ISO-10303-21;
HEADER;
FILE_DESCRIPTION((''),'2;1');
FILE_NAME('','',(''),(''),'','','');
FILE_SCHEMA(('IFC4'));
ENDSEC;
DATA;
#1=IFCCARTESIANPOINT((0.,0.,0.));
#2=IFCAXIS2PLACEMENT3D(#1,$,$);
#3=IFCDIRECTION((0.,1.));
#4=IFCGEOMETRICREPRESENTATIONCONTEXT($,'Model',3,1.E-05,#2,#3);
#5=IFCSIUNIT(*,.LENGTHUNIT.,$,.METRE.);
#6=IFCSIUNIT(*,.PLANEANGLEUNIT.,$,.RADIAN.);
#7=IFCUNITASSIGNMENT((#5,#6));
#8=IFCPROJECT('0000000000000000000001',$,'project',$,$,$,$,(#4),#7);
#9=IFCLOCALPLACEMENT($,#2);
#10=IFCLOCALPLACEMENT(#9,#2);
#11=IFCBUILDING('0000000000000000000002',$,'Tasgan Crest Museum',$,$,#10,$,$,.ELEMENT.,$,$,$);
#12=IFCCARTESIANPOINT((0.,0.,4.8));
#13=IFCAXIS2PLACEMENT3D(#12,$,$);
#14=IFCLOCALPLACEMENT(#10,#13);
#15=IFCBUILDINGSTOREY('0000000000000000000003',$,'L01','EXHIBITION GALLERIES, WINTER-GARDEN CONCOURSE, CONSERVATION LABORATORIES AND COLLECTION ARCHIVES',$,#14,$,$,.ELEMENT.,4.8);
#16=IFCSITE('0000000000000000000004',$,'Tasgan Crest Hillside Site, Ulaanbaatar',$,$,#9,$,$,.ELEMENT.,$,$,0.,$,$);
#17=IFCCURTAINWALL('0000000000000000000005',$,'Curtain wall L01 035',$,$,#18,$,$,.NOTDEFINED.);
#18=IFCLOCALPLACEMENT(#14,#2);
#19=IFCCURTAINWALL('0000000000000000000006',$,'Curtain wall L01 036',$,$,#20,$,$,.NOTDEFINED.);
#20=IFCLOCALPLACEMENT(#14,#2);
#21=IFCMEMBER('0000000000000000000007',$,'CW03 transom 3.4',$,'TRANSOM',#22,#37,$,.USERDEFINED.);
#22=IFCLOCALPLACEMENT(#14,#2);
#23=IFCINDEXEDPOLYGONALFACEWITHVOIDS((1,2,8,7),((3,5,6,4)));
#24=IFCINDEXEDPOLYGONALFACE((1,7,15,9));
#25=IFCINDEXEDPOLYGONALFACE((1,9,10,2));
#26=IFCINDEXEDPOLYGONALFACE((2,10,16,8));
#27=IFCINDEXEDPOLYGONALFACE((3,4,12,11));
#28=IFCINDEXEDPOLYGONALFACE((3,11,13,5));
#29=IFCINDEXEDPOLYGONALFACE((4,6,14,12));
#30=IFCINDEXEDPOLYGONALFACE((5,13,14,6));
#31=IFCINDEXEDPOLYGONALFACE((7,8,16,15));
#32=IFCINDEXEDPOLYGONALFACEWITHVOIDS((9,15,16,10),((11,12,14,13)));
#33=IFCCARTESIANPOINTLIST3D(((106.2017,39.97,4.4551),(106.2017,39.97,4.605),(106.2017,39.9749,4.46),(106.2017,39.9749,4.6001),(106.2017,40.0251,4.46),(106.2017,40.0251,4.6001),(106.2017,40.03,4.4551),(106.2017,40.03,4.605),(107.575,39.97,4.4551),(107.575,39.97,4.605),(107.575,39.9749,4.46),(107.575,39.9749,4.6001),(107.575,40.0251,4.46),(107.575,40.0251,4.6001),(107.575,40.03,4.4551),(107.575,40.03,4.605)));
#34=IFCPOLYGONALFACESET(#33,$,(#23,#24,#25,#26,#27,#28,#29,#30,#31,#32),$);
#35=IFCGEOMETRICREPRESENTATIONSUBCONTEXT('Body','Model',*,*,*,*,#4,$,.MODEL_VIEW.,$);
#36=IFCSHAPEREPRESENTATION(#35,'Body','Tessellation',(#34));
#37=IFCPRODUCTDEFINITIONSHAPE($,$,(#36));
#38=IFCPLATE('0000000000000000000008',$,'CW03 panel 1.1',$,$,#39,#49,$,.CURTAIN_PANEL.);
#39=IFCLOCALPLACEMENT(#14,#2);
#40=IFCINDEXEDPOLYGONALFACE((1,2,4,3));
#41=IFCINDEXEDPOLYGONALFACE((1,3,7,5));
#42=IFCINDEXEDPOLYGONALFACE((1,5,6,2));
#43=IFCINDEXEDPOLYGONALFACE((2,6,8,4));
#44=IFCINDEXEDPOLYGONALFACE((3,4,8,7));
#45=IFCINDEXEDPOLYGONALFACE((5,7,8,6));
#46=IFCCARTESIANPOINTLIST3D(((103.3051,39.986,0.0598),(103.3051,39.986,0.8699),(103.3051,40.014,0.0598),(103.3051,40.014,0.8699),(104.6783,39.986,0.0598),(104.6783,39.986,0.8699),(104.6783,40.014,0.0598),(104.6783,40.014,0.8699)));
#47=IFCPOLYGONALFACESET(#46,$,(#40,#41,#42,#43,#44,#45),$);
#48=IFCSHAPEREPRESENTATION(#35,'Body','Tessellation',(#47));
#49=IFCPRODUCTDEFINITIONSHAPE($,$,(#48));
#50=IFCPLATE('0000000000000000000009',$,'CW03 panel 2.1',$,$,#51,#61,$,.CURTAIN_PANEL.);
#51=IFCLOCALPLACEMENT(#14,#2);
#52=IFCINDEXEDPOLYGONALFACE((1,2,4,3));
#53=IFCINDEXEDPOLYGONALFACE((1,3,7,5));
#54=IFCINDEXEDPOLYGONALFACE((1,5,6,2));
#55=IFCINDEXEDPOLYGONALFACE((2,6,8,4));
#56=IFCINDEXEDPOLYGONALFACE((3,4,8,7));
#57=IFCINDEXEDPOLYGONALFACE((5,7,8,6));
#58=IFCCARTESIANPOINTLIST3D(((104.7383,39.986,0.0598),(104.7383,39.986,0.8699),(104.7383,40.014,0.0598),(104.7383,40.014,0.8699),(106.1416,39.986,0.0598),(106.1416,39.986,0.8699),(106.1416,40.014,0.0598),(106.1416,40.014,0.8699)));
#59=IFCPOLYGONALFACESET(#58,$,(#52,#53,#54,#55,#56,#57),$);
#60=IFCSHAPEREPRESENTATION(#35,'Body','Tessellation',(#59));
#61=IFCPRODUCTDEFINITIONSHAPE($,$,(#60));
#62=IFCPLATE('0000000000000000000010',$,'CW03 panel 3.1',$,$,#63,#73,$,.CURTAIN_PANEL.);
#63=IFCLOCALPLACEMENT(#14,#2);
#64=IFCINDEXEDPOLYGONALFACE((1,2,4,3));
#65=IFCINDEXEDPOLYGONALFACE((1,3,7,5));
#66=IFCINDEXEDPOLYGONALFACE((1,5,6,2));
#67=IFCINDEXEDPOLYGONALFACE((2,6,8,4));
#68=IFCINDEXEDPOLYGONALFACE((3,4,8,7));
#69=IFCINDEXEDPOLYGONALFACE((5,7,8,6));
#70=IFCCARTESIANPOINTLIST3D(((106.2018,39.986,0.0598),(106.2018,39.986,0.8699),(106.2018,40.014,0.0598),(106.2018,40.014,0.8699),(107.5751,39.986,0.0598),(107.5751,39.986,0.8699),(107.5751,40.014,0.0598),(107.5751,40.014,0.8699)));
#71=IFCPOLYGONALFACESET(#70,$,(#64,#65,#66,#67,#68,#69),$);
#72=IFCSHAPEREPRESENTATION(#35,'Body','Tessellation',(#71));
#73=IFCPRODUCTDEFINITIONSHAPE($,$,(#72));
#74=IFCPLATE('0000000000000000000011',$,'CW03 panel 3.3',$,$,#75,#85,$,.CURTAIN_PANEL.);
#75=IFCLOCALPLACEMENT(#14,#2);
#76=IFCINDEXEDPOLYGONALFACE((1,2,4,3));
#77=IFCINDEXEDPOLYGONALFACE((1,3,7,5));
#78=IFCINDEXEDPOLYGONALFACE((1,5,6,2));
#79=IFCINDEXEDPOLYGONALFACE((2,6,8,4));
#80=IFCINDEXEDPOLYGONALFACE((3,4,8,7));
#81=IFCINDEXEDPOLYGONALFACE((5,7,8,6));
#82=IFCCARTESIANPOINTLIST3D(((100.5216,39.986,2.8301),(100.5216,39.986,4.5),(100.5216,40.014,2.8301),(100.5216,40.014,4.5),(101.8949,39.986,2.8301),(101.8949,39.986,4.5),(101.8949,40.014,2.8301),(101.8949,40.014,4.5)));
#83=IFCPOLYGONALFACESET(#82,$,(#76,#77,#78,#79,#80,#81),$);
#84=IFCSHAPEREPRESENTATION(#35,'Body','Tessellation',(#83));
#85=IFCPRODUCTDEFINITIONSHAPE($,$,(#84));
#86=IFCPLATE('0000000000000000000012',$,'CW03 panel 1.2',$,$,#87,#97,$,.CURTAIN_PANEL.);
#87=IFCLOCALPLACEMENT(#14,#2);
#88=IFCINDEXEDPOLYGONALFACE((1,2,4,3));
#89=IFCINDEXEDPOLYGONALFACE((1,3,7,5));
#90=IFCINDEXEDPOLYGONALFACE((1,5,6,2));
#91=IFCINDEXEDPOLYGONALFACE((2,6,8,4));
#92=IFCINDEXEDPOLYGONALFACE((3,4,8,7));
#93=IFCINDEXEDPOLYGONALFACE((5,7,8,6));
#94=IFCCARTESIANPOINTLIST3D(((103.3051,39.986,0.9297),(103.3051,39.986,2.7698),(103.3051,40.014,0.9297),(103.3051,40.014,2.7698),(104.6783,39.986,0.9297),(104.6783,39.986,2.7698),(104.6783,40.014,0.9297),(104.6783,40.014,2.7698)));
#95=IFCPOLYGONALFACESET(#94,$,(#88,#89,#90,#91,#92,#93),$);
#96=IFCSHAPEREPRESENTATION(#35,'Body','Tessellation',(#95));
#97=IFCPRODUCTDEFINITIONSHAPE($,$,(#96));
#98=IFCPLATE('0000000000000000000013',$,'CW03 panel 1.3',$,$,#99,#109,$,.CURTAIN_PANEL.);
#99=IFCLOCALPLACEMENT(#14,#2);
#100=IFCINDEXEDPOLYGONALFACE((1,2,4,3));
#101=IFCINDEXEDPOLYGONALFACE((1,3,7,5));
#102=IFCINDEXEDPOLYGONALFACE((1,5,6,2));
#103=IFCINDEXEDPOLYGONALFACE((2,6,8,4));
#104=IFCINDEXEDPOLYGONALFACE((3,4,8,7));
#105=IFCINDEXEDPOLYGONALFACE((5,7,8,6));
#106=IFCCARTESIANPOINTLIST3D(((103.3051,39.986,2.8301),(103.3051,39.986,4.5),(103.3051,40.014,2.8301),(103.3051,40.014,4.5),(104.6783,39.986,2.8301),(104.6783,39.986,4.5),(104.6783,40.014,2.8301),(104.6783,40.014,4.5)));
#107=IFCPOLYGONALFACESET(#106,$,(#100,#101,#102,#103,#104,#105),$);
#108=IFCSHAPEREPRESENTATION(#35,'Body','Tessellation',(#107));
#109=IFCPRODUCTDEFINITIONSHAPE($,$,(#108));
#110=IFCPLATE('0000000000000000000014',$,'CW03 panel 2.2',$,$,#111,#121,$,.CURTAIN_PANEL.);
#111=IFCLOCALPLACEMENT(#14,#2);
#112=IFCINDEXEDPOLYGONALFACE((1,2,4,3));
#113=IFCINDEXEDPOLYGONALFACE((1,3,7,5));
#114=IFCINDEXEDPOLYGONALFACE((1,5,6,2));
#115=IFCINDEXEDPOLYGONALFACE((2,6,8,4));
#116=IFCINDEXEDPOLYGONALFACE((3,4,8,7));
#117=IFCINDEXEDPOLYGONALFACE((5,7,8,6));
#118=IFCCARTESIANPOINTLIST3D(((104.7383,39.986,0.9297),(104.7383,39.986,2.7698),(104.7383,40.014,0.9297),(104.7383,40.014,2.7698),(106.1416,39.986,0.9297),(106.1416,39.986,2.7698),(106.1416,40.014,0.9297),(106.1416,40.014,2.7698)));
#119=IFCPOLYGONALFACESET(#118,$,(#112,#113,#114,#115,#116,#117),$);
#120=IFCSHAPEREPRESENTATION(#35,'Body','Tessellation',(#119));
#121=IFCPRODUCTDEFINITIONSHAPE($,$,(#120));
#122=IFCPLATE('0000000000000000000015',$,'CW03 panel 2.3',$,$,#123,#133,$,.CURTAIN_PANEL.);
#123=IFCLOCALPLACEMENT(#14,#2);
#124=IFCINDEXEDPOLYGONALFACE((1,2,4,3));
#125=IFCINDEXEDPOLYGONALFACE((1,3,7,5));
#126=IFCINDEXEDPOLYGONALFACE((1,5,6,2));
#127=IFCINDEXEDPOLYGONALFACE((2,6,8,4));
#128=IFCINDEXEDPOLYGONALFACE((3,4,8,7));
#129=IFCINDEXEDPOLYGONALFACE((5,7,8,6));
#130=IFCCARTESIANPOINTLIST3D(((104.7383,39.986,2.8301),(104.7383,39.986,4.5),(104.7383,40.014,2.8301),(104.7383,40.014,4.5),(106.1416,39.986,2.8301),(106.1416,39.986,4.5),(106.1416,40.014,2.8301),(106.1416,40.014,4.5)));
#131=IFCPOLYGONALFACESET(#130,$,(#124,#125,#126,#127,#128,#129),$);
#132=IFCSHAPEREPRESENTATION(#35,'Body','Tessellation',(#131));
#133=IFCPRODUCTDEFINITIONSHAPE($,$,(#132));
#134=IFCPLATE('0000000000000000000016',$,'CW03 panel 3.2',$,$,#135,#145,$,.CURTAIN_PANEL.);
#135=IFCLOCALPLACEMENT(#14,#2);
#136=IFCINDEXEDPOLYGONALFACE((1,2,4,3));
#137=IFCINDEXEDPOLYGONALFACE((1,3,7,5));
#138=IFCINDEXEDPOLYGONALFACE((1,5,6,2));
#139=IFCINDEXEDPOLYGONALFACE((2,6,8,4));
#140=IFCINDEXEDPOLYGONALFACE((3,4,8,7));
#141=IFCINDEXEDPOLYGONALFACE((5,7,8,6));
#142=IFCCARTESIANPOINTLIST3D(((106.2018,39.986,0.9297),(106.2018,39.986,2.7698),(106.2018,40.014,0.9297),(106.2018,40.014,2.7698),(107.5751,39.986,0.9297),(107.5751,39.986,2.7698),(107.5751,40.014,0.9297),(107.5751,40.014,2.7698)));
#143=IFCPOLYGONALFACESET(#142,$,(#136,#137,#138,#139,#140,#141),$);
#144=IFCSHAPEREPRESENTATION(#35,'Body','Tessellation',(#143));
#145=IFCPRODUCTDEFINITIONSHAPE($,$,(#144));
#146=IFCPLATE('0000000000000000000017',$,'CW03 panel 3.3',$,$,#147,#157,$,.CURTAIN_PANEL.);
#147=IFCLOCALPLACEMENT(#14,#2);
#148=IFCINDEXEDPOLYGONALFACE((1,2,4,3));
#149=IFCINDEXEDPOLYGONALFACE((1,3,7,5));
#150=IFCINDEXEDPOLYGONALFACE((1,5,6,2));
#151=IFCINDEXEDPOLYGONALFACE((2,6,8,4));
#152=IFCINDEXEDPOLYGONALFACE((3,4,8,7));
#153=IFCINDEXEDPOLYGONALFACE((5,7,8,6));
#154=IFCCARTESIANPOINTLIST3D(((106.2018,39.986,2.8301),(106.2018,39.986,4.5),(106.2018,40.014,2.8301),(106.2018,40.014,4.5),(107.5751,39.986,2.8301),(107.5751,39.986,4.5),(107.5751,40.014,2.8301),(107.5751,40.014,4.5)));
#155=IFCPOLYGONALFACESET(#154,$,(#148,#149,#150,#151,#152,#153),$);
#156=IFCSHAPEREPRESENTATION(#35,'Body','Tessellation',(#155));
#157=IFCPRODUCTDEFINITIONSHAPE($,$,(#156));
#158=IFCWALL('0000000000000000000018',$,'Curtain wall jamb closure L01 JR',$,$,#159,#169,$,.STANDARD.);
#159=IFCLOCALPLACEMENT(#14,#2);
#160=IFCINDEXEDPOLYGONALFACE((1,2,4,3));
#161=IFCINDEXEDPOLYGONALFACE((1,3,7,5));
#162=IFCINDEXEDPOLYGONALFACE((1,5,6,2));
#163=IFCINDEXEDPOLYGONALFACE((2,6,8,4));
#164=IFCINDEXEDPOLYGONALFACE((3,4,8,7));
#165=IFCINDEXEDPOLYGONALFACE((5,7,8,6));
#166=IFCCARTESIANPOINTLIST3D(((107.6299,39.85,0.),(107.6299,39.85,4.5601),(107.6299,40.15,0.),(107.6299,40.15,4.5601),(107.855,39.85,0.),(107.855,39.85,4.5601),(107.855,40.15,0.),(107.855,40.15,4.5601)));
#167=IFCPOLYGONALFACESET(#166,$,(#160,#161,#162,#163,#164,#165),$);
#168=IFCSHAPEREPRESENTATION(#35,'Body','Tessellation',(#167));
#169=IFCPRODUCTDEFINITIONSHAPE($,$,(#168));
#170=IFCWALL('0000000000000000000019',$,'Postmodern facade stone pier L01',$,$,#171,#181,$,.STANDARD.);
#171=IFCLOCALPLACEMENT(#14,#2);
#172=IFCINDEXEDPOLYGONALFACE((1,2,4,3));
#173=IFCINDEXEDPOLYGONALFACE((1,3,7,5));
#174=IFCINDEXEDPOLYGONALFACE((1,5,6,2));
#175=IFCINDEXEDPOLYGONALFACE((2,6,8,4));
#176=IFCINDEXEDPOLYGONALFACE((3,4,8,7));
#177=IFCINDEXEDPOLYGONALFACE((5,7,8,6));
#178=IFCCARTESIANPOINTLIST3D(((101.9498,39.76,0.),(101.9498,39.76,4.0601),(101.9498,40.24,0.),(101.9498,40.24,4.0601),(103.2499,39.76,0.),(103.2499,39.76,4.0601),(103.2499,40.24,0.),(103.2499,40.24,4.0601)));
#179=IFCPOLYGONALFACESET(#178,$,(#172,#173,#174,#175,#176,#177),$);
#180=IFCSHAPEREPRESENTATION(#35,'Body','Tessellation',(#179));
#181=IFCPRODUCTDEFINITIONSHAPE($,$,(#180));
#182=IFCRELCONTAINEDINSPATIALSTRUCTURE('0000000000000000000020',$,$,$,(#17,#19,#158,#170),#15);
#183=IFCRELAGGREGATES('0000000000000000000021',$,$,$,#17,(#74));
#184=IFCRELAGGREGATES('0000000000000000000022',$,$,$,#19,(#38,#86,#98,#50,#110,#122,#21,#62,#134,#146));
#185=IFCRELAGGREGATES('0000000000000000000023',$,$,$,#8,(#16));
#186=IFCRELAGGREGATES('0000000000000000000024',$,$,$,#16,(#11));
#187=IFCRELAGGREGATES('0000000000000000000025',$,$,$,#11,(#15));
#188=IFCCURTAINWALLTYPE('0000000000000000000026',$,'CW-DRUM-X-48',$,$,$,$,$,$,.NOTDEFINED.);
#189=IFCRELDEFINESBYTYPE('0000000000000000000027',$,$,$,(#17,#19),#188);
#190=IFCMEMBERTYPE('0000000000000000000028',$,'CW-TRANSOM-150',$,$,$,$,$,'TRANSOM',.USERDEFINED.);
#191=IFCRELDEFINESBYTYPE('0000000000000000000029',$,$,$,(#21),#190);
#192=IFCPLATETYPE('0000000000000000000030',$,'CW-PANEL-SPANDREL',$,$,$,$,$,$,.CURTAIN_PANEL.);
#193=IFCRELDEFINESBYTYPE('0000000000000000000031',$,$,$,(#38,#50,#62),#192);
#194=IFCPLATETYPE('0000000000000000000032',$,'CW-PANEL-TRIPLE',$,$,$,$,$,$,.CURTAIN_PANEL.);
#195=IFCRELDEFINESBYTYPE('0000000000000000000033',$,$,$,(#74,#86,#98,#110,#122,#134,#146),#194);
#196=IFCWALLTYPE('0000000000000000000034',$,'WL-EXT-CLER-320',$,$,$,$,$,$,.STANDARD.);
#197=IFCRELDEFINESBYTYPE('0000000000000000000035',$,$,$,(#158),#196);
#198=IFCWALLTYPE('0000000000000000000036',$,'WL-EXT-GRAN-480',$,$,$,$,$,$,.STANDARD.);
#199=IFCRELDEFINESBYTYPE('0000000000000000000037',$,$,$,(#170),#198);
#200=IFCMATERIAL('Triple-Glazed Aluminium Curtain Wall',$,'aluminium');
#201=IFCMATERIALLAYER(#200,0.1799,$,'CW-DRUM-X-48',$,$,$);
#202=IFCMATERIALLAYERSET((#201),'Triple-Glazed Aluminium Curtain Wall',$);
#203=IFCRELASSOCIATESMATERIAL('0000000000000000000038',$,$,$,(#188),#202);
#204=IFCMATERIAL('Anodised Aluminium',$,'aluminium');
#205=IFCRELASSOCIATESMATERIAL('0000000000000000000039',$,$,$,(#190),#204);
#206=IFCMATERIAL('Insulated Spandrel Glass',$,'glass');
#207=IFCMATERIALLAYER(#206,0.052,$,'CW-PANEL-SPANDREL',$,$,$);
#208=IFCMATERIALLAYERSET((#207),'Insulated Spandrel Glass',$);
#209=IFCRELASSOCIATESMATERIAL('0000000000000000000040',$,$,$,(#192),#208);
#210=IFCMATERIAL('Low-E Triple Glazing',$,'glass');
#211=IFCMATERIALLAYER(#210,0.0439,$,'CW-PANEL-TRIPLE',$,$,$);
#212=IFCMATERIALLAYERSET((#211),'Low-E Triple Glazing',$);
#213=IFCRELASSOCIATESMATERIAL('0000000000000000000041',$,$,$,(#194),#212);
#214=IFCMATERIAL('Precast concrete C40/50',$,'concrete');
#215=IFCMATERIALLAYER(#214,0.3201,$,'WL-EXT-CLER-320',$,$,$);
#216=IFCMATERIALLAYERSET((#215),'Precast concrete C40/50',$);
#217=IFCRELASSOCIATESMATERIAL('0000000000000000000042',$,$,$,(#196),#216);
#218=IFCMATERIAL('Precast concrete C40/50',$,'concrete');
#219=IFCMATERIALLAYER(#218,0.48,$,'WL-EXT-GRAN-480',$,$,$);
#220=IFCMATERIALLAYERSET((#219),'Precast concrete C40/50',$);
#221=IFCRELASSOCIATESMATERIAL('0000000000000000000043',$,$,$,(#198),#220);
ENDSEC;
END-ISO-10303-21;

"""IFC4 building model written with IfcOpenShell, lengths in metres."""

from ifc_helpers import new_model, si_unit, direction, frame, frame_2d, origin, origin_2d, place, context, subcontext, project, spatial, rectangle, hollow_rectangle, extrude, material, layer, layer_set, material_profile, profile_set, type_object, element, aggregate, save


model = new_model("IFC4")

# Units and contexts
model_context = context("Model", 3, precision=1e-05, world=origin(), true_north=direction((0.0, 1.0)))
body_context = subcontext(model_context, "Body", "Model", "MODEL_VIEW")
ifc_project = project(units=[si_unit("LENGTHUNIT", "METRE"), si_unit("PLANEANGLEUNIT", "RADIAN")], contexts=[model_context])

# Site, building, storey
site_placement = place(None, origin())
site = spatial("IfcSite", under=ifc_project, at=site_placement, Name="Tasgan Crest Hillside Site, Ulaanbaatar", CompositionType="ELEMENT", RefElevation=0.0)
building_placement = place(site_placement, origin())
building = spatial("IfcBuilding", under=site, at=building_placement, Name="Tasgan Crest Museum", CompositionType="ELEMENT")
storey_placement = place(building_placement, frame((0.0, 0.0, 4.8)))
storey = spatial("IfcBuildingStorey", under=building, at=storey_placement, Name="L01", Description="EXHIBITION GALLERIES, WINTER-GARDEN CONCOURSE, CONSERVATION LABORATORIES AND COLLECTION ARCHIVES", CompositionType="ELEMENT", Elevation=4.8)

# Curtain wall
ifc_material_1 = material(Name="Triple-Glazed Aluminium Curtain Wall", Category="aluminium")
ifc_layer_1 = layer(ifc_material_1, 0.1799, Name="CW-DRUM-X-48")
ifc_layer_set_1 = layer_set([ifc_layer_1], Name="Triple-Glazed Aluminium Curtain Wall")
curtain_wall_type = type_object("IfcCurtainWallType", Name="CW-DRUM-X-48", PredefinedType="NOTDEFINED", material=ifc_layer_set_1)
curtain_wall_1_placement = place(storey_placement, origin())
curtain_wall_1 = element("IfcCurtainWall", 1, at=curtain_wall_1_placement, inside=storey, type_object=curtain_wall_type, Name="Curtain wall L01 035", PredefinedType="NOTDEFINED")

# Curtain wall, member, plates
curtain_wall_2_placement = place(storey_placement, origin())
curtain_wall_2 = element("IfcCurtainWall", 2, at=curtain_wall_2_placement, inside=storey, type_object=curtain_wall_type, Name="Curtain wall L01 036", PredefinedType="NOTDEFINED")
ifc_material_2 = material(Name="Anodised Aluminium", Category="aluminium")
ifc_material_profile_1 = material_profile(ifc_material_2, hollow_rectangle(XDim=0.0601, YDim=0.1499, WallThickness=0.0049, at=origin_2d()), Name="ALU TRANSOM 150x60x5")
ifc_profile_set_1 = profile_set([ifc_material_profile_1], Name="Anodised Aluminium")
member_type_1 = type_object("IfcMemberType", Name="CW-TRANSOM-150", ElementType="TRANSOM", PredefinedType="USERDEFINED", material=ifc_profile_set_1)
member_1_placement = place(storey_placement, frame((106.2017, 40.0, 4.53), z_axis=(1.0, 0.0, 0.0), x_axis=(0.0, 1.0, 0.0)))
member_1 = element("IfcMember", 3, at=member_1_placement, type_object=member_type_1, Name="CW03 transom 3.4", ObjectType="TRANSOM", PredefinedType="USERDEFINED", context=body_context, shape_type="SweptSolid", body=[
    extrude(hollow_rectangle(XDim=0.0601, YDim=0.1499, WallThickness=0.0049, at=origin_2d()), origin(), (0.0, 0.0, 1.0), 1.3733),
])
ifc_material_3 = material(Name="Insulated Spandrel Glass", Category="glass")
ifc_layer_2 = layer(ifc_material_3, 0.052, Name="CW-PANEL-SPANDREL")
ifc_layer_set_2 = layer_set([ifc_layer_2], Name="Insulated Spandrel Glass")
plate_type_1 = type_object("IfcPlateType", Name="CW-PANEL-SPANDREL", PredefinedType="CURTAIN_PANEL", material=ifc_layer_set_2)
plate_1_placement = place(storey_placement, frame((103.9917, 40.0, 0.0598), z_axis=(0.0, 0.0, 1.0), x_axis=(1.0, 0.0, 0.0)))
plate_1 = element("IfcPlate", 4, at=plate_1_placement, type_object=plate_type_1, Name="CW03 panel 1.1", PredefinedType="CURTAIN_PANEL", context=body_context, shape_type="SweptSolid", body=[
    extrude(rectangle(XDim=1.3733, YDim=0.0281, at=origin_2d()), origin(), (0.0, 0.0, 1.0), 0.8101),
])
plate_2_placement = place(storey_placement, frame((105.4399, 40.0, 0.0598), z_axis=(0.0, 0.0, 1.0), x_axis=(1.0, 0.0, 0.0)))
plate_2 = element("IfcPlate", 5, at=plate_2_placement, type_object=plate_type_1, Name="CW03 panel 2.1", PredefinedType="CURTAIN_PANEL", context=body_context, shape_type="SweptSolid", body=[
    extrude(rectangle(XDim=1.4033, YDim=0.0281, at=origin_2d()), origin(), (0.0, 0.0, 1.0), 0.8101),
])
plate_3_placement = place(storey_placement, frame((106.8884, 40.0, 0.0598), z_axis=(0.0, 0.0, 1.0), x_axis=(1.0, 0.0, 0.0)))
plate_3 = element("IfcPlate", 6, at=plate_3_placement, type_object=plate_type_1, Name="CW03 panel 3.1", PredefinedType="CURTAIN_PANEL", context=body_context, shape_type="SweptSolid", body=[
    extrude(rectangle(XDim=1.3733, YDim=0.0281, at=origin_2d()), origin(), (0.0, 0.0, 1.0), 0.8101),
])

# Plates
ifc_material_4 = material(Name="Low-E Triple Glazing", Category="glass")
ifc_layer_3 = layer(ifc_material_4, 0.0439, Name="CW-PANEL-TRIPLE")
ifc_layer_set_3 = layer_set([ifc_layer_3], Name="Low-E Triple Glazing")
plate_type_2 = type_object("IfcPlateType", Name="CW-PANEL-TRIPLE", PredefinedType="CURTAIN_PANEL", material=ifc_layer_set_3)
plate_4_placement = place(storey_placement, frame((101.2083, 40.0, 2.8301), z_axis=(0.0, 0.0, 1.0), x_axis=(1.0, 0.0, 0.0)))
plate_4 = element("IfcPlate", 7, at=plate_4_placement, type_object=plate_type_2, Name="CW03 panel 3.3", PredefinedType="CURTAIN_PANEL", context=body_context, shape_type="SweptSolid", body=[
    extrude(rectangle(XDim=1.3733, YDim=0.0281, at=origin_2d()), origin(), (0.0, 0.0, 1.0), 1.6699),
])
aggregate(curtain_wall_1, [plate_4])
plate_5_placement = place(storey_placement, frame((103.9917, 40.0, 0.9297), z_axis=(0.0, 0.0, 1.0), x_axis=(1.0, 0.0, 0.0)))
plate_5 = element("IfcPlate", 8, at=plate_5_placement, type_object=plate_type_2, Name="CW03 panel 1.2", PredefinedType="CURTAIN_PANEL", context=body_context, shape_type="SweptSolid", body=[
    extrude(rectangle(XDim=1.3733, YDim=0.0281, at=origin_2d()), origin(), (0.0, 0.0, 1.0), 1.8401),
])
plate_6_placement = place(storey_placement, frame((103.9917, 40.0, 2.8301), z_axis=(0.0, 0.0, 1.0), x_axis=(1.0, 0.0, 0.0)))
plate_6 = element("IfcPlate", 9, at=plate_6_placement, type_object=plate_type_2, Name="CW03 panel 1.3", PredefinedType="CURTAIN_PANEL", context=body_context, shape_type="SweptSolid", body=[
    extrude(rectangle(XDim=1.3733, YDim=0.0281, at=origin_2d()), origin(), (0.0, 0.0, 1.0), 1.6699),
])
plate_7_placement = place(storey_placement, frame((105.4399, 40.0, 0.9297), z_axis=(0.0, 0.0, 1.0), x_axis=(1.0, 0.0, 0.0)))
plate_7 = element("IfcPlate", 10, at=plate_7_placement, type_object=plate_type_2, Name="CW03 panel 2.2", PredefinedType="CURTAIN_PANEL", context=body_context, shape_type="SweptSolid", body=[
    extrude(rectangle(XDim=1.4033, YDim=0.0281, at=origin_2d()), origin(), (0.0, 0.0, 1.0), 1.8401),
])
plate_8_placement = place(storey_placement, frame((105.4399, 40.0, 2.8301), z_axis=(0.0, 0.0, 1.0), x_axis=(1.0, 0.0, 0.0)))
plate_8 = element("IfcPlate", 11, at=plate_8_placement, type_object=plate_type_2, Name="CW03 panel 2.3", PredefinedType="CURTAIN_PANEL", context=body_context, shape_type="SweptSolid", body=[
    extrude(rectangle(XDim=1.4033, YDim=0.0281, at=origin_2d()), origin(), (0.0, 0.0, 1.0), 1.6699),
])
plate_9_placement = place(storey_placement, frame((106.8884, 40.0, 0.9297), z_axis=(0.0, 0.0, 1.0), x_axis=(1.0, 0.0, 0.0)))
plate_9 = element("IfcPlate", 12, at=plate_9_placement, type_object=plate_type_2, Name="CW03 panel 3.2", PredefinedType="CURTAIN_PANEL", context=body_context, shape_type="SweptSolid", body=[
    extrude(rectangle(XDim=1.3733, YDim=0.0281, at=origin_2d()), origin(), (0.0, 0.0, 1.0), 1.8401),
])
plate_10_placement = place(storey_placement, frame((106.8884, 40.0, 2.8301), z_axis=(0.0, 0.0, 1.0), x_axis=(1.0, 0.0, 0.0)))
plate_10 = element("IfcPlate", 13, at=plate_10_placement, type_object=plate_type_2, Name="CW03 panel 3.3", PredefinedType="CURTAIN_PANEL", context=body_context, shape_type="SweptSolid", body=[
    extrude(rectangle(XDim=1.3733, YDim=0.0281, at=origin_2d()), origin(), (0.0, 0.0, 1.0), 1.6699),
])
aggregate(curtain_wall_2, [plate_1, plate_5, plate_6, plate_2, plate_7, plate_8, member_1, plate_3, plate_9, plate_10])

# Walls
ifc_material_5 = material(Name="Precast concrete C40/50", Category="concrete")
ifc_layer_4 = layer(ifc_material_5, 0.3201, Name="WL-EXT-CLER-320")
ifc_layer_set_4 = layer_set([ifc_layer_4], Name="Precast concrete C40/50")
wall_type_1 = type_object("IfcWallType", Name="WL-EXT-CLER-320", PredefinedType="STANDARD", material=ifc_layer_set_4)
wall_1_placement = place(storey_placement, frame((107.6299, 40.0, 0.0), z_axis=(0.0, 0.0, 1.0), x_axis=(1.0, 0.0, 0.0)))
element("IfcWall", 14, at=wall_1_placement, inside=storey, type_object=wall_type_1, Name="Curtain wall jamb closure L01 JR", PredefinedType="STANDARD", context=body_context, shape_type="SweptSolid", body=[
    extrude(rectangle(XDim=0.2251, YDim=0.3, at=frame_2d((0.1125, 0.0))), origin(), (0.0, 0.0, 1.0), 4.5601),
])
ifc_material_6 = material(Name="Precast concrete C40/50", Category="concrete")
ifc_layer_5 = layer(ifc_material_6, 0.48, Name="WL-EXT-GRAN-480")
ifc_layer_set_5 = layer_set([ifc_layer_5], Name="Precast concrete C40/50")
wall_type_2 = type_object("IfcWallType", Name="WL-EXT-GRAN-480", PredefinedType="STANDARD", material=ifc_layer_set_5)
wall_2_placement = place(storey_placement, frame((101.95, 40.0, 0.0), z_axis=(0.0, 0.0, 1.0), x_axis=(1.0, 0.0, 0.0)))
element("IfcWall", 15, at=wall_2_placement, inside=storey, type_object=wall_type_2, Name="Postmodern facade stone pier L01", PredefinedType="STANDARD", context=body_context, shape_type="SweptSolid", body=[
    extrude(rectangle(XDim=1.3, YDim=0.48, at=frame_2d((0.6499, 0.0))), origin(), (0.0, 0.0, 1.0), 4.0601),
])

save(model, "model.ifc")
